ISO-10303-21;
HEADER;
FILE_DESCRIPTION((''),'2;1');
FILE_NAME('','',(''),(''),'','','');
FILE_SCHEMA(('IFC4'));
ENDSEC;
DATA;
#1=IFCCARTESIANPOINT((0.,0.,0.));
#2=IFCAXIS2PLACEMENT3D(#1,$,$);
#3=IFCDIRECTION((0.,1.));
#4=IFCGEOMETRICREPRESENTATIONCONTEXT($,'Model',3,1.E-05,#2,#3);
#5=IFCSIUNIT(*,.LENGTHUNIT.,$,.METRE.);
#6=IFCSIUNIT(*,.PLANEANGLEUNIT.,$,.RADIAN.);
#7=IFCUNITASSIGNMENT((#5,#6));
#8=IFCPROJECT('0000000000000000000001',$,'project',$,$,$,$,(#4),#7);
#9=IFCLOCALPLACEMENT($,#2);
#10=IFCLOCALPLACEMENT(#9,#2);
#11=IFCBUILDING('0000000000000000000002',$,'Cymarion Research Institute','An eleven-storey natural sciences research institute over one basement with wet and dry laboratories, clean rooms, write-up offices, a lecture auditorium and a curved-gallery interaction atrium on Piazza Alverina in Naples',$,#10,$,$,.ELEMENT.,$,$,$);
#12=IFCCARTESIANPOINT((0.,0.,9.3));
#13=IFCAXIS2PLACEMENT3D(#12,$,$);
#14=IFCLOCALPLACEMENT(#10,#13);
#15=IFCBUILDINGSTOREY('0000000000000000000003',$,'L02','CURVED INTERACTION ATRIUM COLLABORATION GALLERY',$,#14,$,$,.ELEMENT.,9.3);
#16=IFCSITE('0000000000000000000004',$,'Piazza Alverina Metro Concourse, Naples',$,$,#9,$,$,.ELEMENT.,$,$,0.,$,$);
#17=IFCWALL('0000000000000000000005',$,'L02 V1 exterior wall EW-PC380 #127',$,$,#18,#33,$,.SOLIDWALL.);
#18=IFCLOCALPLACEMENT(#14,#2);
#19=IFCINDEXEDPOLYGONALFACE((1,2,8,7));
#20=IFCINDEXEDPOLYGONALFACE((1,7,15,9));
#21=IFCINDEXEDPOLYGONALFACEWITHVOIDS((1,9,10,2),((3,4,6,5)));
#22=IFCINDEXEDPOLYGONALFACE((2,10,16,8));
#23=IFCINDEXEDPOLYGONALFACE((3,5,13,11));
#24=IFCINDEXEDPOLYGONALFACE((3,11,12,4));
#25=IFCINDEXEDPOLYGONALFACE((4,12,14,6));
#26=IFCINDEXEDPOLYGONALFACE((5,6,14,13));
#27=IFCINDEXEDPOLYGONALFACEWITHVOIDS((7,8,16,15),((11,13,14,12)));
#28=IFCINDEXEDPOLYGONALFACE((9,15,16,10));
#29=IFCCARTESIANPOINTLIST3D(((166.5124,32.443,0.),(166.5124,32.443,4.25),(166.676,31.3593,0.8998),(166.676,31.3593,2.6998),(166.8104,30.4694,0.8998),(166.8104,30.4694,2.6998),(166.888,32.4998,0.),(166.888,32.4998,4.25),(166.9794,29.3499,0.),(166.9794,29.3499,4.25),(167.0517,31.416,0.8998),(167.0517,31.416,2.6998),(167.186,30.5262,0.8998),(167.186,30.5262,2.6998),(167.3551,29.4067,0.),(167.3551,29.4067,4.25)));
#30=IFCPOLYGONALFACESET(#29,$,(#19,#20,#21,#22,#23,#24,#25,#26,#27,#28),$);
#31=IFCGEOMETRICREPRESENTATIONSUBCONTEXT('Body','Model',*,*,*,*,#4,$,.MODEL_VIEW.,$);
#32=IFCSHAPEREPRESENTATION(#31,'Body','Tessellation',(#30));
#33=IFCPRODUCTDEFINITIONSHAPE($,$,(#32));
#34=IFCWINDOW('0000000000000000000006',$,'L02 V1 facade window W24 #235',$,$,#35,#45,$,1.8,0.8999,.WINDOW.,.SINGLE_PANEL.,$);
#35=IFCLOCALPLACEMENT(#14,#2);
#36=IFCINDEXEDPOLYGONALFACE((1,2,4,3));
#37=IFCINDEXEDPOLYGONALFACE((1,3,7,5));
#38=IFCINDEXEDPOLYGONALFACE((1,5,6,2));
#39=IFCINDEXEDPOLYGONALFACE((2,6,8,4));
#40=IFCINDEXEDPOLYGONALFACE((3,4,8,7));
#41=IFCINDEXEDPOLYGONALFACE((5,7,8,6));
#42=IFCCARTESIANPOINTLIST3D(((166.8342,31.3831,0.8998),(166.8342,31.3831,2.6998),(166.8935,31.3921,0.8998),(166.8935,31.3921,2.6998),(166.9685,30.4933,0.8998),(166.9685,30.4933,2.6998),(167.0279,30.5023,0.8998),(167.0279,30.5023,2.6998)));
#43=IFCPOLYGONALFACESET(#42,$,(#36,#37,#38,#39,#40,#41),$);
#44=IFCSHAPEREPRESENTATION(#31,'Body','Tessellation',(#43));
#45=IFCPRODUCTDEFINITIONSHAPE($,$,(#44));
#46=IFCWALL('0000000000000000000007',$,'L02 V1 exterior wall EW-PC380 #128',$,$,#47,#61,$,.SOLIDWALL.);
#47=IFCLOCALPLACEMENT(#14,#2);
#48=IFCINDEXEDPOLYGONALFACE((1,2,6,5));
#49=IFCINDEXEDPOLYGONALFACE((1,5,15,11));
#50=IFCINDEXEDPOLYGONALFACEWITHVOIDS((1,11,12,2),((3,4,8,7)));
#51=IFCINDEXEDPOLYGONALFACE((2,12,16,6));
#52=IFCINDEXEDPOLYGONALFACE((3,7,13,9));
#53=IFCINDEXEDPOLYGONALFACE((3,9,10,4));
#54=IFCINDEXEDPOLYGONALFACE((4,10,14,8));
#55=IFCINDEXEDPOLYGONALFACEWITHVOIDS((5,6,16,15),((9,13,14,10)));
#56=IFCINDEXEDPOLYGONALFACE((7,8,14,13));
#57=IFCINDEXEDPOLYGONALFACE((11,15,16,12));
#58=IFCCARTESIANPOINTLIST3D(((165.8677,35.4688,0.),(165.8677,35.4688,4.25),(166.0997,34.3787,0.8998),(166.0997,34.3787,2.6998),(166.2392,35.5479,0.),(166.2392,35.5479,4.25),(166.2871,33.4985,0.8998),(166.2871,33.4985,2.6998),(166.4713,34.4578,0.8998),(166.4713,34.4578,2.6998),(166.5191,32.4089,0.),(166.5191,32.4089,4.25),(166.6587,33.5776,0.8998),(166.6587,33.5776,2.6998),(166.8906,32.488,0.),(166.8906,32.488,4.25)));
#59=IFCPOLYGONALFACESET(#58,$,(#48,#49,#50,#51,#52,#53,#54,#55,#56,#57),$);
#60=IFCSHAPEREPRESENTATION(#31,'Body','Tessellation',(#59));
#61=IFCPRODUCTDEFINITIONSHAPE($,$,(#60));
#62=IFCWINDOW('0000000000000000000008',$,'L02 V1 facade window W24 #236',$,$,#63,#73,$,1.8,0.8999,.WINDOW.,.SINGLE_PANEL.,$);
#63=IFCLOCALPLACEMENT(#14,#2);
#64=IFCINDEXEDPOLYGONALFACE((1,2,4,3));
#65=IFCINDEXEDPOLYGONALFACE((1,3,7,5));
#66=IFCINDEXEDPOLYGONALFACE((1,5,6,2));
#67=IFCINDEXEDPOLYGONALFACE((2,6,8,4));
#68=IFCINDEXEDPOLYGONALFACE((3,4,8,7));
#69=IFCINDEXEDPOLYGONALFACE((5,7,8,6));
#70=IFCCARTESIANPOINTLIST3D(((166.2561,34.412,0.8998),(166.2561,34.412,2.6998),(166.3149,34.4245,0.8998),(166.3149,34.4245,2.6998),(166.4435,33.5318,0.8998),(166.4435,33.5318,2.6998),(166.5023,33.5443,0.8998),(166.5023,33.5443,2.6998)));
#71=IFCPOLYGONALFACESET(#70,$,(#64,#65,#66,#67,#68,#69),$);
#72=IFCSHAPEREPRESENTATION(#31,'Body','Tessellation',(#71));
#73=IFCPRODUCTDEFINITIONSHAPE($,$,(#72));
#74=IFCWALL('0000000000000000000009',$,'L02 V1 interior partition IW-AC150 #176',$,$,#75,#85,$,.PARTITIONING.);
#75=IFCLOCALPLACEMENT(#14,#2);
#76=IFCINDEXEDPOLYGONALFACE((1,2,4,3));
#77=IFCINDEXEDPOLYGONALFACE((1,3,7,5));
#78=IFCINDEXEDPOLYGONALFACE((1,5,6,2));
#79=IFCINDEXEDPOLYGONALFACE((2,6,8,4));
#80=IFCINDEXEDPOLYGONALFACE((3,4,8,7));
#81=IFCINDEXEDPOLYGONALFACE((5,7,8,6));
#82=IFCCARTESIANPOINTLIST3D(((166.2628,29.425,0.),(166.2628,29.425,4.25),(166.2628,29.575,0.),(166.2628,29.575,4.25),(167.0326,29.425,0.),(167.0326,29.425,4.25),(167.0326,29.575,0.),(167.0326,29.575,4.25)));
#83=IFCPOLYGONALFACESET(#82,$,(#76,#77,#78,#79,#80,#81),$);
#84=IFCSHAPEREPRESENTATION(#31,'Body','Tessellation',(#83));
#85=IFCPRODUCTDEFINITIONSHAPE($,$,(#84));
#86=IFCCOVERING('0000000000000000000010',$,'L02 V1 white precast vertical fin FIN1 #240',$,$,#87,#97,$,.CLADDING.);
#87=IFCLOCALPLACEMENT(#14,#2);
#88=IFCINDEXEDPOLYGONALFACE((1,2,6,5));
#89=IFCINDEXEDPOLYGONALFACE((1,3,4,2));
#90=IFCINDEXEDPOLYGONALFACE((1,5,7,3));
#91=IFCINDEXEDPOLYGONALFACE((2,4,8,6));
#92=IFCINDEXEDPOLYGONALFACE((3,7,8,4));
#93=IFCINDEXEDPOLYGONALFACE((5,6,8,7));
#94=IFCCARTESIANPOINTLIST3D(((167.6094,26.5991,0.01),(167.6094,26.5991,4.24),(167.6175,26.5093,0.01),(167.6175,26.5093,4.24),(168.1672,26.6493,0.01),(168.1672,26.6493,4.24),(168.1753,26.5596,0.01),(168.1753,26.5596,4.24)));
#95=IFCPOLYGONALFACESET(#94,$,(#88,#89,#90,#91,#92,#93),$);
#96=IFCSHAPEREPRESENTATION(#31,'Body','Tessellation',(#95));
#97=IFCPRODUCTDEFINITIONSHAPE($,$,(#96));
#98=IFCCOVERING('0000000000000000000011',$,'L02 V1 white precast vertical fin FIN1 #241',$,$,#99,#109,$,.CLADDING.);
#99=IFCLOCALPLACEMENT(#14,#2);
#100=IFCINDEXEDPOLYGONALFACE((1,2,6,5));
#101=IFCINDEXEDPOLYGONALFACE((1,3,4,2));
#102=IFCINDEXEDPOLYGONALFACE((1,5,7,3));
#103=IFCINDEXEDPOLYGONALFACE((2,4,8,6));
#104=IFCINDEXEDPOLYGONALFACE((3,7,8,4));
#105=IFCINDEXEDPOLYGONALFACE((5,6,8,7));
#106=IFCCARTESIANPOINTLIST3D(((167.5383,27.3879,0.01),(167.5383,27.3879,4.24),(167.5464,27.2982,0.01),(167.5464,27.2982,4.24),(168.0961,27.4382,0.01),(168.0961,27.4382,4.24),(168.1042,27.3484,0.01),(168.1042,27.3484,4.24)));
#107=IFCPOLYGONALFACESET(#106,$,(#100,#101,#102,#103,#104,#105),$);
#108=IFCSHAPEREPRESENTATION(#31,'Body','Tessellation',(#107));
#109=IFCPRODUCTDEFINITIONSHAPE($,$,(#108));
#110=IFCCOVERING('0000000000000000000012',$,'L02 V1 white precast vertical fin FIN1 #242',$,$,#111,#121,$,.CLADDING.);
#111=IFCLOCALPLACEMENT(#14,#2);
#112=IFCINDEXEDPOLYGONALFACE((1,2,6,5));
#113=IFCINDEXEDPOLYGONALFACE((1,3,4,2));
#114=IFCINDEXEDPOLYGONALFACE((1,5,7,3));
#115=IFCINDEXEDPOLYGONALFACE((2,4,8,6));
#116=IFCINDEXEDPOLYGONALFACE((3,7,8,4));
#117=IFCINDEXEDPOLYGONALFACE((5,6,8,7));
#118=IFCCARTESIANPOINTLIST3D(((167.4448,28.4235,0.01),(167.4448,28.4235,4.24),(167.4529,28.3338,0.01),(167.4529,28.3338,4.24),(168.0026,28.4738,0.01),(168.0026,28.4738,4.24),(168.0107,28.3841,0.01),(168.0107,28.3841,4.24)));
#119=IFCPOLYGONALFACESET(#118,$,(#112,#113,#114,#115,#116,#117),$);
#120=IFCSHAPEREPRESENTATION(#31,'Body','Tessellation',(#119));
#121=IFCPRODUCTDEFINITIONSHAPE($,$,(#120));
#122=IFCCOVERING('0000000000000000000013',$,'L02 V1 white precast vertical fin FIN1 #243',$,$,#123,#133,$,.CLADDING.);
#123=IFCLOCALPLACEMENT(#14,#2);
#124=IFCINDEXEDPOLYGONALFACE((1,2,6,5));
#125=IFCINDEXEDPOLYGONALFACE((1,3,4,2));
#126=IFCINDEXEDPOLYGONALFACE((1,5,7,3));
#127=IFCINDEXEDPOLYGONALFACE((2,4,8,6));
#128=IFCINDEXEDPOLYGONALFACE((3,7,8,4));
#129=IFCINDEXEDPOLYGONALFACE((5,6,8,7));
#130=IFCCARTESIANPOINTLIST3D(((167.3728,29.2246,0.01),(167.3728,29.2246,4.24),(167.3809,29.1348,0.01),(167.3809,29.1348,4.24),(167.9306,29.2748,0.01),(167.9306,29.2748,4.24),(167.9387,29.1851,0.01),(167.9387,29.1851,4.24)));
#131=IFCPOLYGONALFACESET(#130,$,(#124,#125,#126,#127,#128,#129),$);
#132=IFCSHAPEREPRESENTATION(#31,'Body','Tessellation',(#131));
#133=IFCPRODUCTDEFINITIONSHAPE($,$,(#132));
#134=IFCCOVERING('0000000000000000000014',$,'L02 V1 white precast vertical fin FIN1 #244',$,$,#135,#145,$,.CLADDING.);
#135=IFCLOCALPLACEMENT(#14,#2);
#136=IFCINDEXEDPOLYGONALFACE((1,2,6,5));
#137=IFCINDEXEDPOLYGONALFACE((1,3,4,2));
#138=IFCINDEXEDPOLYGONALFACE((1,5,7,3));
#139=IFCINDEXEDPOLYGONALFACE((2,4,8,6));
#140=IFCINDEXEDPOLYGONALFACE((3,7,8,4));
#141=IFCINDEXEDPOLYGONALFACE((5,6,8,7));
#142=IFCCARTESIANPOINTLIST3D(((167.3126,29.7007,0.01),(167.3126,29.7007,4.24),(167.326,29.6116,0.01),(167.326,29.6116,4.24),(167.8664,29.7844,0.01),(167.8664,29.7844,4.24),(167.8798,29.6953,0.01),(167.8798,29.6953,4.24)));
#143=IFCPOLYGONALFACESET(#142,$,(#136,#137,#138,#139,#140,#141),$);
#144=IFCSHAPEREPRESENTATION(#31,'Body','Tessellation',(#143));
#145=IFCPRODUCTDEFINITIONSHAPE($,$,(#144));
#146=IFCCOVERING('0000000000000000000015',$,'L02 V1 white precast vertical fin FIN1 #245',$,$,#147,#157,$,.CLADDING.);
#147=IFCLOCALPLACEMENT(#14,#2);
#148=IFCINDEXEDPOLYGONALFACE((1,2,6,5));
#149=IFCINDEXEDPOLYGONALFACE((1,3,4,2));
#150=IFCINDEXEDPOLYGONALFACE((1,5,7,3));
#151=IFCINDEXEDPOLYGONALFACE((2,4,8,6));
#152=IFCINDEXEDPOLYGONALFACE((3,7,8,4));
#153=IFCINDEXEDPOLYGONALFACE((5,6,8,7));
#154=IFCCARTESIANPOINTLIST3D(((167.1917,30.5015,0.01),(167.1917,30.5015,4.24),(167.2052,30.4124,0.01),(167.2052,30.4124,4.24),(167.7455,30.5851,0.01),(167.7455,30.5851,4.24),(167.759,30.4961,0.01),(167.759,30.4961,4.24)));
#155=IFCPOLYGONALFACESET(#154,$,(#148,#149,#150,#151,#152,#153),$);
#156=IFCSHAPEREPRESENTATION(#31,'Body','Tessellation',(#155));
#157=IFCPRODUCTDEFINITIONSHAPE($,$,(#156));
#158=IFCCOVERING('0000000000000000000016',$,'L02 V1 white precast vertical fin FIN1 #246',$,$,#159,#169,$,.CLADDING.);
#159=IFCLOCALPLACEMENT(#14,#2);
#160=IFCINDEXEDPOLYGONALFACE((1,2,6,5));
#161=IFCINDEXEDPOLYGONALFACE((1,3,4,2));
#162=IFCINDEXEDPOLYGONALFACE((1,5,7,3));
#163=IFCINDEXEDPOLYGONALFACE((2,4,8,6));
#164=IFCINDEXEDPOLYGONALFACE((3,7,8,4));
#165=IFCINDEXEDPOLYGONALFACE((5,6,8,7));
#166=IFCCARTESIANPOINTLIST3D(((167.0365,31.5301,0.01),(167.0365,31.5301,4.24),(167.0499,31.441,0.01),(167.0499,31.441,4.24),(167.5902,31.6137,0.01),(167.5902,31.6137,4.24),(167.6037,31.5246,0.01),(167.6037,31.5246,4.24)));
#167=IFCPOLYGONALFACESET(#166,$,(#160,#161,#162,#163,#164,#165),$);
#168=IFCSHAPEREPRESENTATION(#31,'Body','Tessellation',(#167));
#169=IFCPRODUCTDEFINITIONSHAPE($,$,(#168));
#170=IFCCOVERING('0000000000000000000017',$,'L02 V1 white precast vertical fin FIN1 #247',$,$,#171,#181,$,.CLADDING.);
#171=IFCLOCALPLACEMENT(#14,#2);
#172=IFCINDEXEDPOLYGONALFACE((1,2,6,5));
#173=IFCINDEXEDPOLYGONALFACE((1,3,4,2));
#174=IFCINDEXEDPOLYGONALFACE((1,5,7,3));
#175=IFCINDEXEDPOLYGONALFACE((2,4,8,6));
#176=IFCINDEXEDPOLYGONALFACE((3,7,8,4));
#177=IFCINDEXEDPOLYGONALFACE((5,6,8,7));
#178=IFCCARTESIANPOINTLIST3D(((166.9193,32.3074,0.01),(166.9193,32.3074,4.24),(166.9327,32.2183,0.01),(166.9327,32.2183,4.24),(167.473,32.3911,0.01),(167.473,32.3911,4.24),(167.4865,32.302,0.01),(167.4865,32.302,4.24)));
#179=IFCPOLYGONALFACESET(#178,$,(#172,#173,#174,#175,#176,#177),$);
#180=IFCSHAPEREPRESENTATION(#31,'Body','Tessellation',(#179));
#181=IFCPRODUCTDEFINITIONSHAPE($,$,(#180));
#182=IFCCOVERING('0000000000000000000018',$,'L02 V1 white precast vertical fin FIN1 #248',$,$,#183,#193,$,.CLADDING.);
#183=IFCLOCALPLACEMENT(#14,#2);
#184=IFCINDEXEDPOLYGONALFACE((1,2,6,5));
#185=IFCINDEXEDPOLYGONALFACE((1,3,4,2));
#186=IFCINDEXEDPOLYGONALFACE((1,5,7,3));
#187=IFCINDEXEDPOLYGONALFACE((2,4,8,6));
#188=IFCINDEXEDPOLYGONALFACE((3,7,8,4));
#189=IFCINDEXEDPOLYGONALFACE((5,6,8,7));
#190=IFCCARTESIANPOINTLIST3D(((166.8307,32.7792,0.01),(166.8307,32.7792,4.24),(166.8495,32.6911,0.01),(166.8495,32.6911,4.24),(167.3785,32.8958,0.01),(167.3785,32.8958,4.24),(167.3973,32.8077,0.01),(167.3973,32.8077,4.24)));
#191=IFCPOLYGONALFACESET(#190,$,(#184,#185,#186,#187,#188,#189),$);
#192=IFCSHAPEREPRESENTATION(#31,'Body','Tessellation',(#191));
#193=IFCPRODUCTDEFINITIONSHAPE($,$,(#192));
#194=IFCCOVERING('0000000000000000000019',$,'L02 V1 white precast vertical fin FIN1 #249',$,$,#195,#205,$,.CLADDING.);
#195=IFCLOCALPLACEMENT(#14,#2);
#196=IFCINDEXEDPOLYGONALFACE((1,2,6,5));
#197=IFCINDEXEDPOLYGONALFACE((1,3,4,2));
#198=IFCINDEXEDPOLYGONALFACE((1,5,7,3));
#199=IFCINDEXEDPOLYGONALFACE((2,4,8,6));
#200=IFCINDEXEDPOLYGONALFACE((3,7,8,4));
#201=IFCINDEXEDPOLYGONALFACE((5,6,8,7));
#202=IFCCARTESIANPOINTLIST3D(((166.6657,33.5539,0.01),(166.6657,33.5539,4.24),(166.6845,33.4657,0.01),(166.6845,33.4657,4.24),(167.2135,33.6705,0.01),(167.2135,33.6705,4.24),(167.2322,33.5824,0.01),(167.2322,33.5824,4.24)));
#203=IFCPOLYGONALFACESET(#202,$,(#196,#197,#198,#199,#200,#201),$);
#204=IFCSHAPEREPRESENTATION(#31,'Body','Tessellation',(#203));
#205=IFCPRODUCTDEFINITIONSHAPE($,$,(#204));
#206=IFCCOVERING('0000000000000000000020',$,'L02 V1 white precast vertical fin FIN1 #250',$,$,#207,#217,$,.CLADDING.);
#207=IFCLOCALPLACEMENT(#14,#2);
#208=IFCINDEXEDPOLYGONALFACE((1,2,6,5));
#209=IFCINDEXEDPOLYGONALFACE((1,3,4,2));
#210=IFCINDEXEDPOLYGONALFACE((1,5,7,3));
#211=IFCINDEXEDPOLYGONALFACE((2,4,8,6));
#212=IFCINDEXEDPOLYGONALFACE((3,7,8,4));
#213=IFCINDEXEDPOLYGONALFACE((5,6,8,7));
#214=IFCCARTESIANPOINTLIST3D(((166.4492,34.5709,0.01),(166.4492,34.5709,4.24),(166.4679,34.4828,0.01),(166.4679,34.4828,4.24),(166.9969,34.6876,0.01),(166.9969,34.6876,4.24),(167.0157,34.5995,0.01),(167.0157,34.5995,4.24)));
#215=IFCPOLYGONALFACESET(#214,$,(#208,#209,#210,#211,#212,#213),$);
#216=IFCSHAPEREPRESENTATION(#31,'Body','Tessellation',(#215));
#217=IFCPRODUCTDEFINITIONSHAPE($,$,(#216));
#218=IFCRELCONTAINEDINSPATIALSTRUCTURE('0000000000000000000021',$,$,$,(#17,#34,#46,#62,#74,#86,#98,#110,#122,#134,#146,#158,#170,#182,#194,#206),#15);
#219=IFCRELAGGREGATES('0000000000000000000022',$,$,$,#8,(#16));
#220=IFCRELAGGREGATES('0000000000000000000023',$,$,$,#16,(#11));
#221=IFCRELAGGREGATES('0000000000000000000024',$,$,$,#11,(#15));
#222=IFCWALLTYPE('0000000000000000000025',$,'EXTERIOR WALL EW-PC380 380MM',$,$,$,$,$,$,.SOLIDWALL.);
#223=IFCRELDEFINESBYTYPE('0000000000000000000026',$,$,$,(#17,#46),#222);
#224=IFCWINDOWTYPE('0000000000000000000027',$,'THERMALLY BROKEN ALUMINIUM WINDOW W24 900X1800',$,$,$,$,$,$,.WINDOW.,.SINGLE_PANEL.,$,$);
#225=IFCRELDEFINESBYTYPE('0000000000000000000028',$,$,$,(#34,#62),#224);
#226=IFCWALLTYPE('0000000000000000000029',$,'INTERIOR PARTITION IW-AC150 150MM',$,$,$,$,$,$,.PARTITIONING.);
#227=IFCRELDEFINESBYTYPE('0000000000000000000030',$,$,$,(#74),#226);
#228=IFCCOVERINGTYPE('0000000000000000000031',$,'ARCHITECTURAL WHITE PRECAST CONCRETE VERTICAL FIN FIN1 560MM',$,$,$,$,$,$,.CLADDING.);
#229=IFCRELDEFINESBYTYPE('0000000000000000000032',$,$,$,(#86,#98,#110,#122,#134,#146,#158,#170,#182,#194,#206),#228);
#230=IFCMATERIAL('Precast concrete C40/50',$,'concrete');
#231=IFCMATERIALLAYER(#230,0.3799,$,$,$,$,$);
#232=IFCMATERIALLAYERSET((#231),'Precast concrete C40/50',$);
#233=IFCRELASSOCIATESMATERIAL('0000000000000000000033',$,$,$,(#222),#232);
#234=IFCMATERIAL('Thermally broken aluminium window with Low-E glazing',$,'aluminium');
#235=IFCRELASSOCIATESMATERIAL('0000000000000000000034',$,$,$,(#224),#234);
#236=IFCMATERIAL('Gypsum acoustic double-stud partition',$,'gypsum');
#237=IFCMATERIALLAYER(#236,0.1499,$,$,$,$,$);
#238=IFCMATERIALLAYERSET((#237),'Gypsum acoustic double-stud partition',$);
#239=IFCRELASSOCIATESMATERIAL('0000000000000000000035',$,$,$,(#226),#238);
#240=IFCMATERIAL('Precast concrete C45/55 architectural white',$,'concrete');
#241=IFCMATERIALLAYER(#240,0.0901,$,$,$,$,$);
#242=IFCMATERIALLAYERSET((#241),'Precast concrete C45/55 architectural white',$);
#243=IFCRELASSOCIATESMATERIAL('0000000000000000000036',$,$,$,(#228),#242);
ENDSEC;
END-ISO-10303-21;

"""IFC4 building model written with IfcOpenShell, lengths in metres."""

from ifc_helpers import new_model, si_unit, direction, frame, frame_2d, origin, origin_2d, place, context, subcontext, project, spatial, rectangle, extrude, material, layer, layer_set, type_object, element, fill, save


model = new_model("IFC4")

# Units and contexts
model_context = context("Model", 3, precision=1e-05, world=origin(), true_north=direction((0.0, 1.0)))
body_context = subcontext(model_context, "Body", "Model", "MODEL_VIEW")
ifc_project = project(units=[si_unit("LENGTHUNIT", "METRE"), si_unit("PLANEANGLEUNIT", "RADIAN")], contexts=[model_context])

# Site, building, storey
site_placement = place(None, origin())
site = spatial("IfcSite", under=ifc_project, at=site_placement, Name="Piazza Alverina Metro Concourse, Naples", CompositionType="ELEMENT", RefElevation=0.0)
building_placement = place(site_placement, origin())
building = spatial("IfcBuilding", under=site, at=building_placement, Name="Cymarion Research Institute", Description="An eleven-storey natural sciences research institute over one basement with wet and dry laboratories, clean rooms, write-up offices, a lecture auditorium and a curved-gallery interaction atrium on Piazza Alverina in Naples", CompositionType="ELEMENT")
storey_placement = place(building_placement, frame((0.0, 0.0, 9.3)))
storey = spatial("IfcBuildingStorey", under=building, at=storey_placement, Name="L02", Description="CURVED INTERACTION ATRIUM COLLABORATION GALLERY", CompositionType="ELEMENT", Elevation=9.3)

# Walls, openings, windows
ifc_material_1 = material(Name="Precast concrete C40/50", Category="concrete")
ifc_layer_1 = layer(ifc_material_1, 0.3799)
ifc_layer_set_1 = layer_set([ifc_layer_1], Name="Precast concrete C40/50")
wall_type_1 = type_object("IfcWallType", Name="EXTERIOR WALL EW-PC380 380MM", PredefinedType="SOLIDWALL", material=ifc_layer_set_1)
wall_1_placement = place(storey_placement, frame((167.1672, 29.3784, 0.0), z_axis=(0.0, 0.0, 1.0), x_axis=(-0.149306, 0.988791, 0.0)))
wall_1 = element("IfcWall", 1, at=wall_1_placement, inside=storey, type_object=wall_type_1, Name="L02 V1 exterior wall EW-PC380 #127", PredefinedType="SOLIDWALL", context=body_context, shape_type="SweptSolid", body=[
    extrude(rectangle(XDim=3.1282, YDim=0.3799, at=frame_2d((1.564, 0.0))), origin(), (0.0, 0.0, 1.0), 4.25),
])
opening_1_placement = place(wall_1_placement, frame((1.1321, 0.0, 0.8999)))
opening_1 = element("IfcOpeningElement", 2, at=opening_1_placement, cuts=wall_1, PredefinedType="OPENING", context=body_context, shape_type="SweptSolid", body=[
    extrude(rectangle(XDim=0.8999, YDim=1.8, at=frame_2d((0.45, 0.8999))), frame((0.0, 0.2, 0.0), z_axis=(0.0, -1.0, 0.0), x_axis=(1.0, 0.0, 0.0)), (0.0, 0.0, 1.0), 0.3999),
])
ifc_material_2 = material(Name="Thermally broken aluminium window with Low-E glazing", Category="aluminium")
window_type = type_object("IfcWindowType", Name="THERMALLY BROKEN ALUMINIUM WINDOW W24 900X1800", PartitioningType="SINGLE_PANEL", PredefinedType="WINDOW", material=ifc_material_2)
window_1_placement = place(opening_1_placement, origin())
window_1 = element("IfcWindow", 3, at=window_1_placement, inside=storey, type_object=window_type, Name="L02 V1 facade window W24 #235", OverallHeight=1.8, OverallWidth=0.8999, PartitioningType="SINGLE_PANEL", PredefinedType="WINDOW", context=body_context, shape_type="SweptSolid", body=[
    extrude(rectangle(XDim=0.8999, YDim=1.8, at=frame_2d((0.45, 0.8999))), frame((0.0, 0.03, 0.0), z_axis=(0.0, -1.0, 0.0), x_axis=(1.0, 0.0, 0.0)), (0.0, 0.0, 1.0), 0.0601),
])
fill(opening_1, window_1)
wall_2_placement = place(storey_placement, frame((166.7048, 32.4485, 0.0), z_axis=(0.0, 0.0, 1.0), x_axis=(-0.208212, 0.978084, 0.0)))
wall_2 = element("IfcWall", 4, at=wall_2_placement, inside=storey, type_object=wall_type_1, Name="L02 V1 exterior wall EW-PC380 #128", PredefinedType="SOLIDWALL", context=body_context, shape_type="SweptSolid", body=[
    extrude(rectangle(XDim=3.1284, YDim=0.3799, at=frame_2d((1.5642, 0.0))), origin(), (0.0, 0.0, 1.0), 4.25),
])
opening_2_placement = place(wall_2_placement, frame((1.114, 0.0, 0.8999)))
opening_2 = element("IfcOpeningElement", 5, at=opening_2_placement, cuts=wall_2, PredefinedType="OPENING", context=body_context, shape_type="SweptSolid", body=[
    extrude(rectangle(XDim=0.8999, YDim=1.8, at=frame_2d((0.45, 0.8999))), frame((0.0, 0.2, 0.0), z_axis=(0.0, -1.0, 0.0), x_axis=(1.0, 0.0, 0.0)), (0.0, 0.0, 1.0), 0.3999),
])
window_2_placement = place(opening_2_placement, origin())
window_2 = element("IfcWindow", 6, at=window_2_placement, inside=storey, type_object=window_type, Name="L02 V1 facade window W24 #236", OverallHeight=1.8, OverallWidth=0.8999, PartitioningType="SINGLE_PANEL", PredefinedType="WINDOW", context=body_context, shape_type="SweptSolid", body=[
    extrude(rectangle(XDim=0.8999, YDim=1.8, at=frame_2d((0.45, 0.8999))), frame((0.0, 0.03, 0.0), z_axis=(0.0, -1.0, 0.0), x_axis=(1.0, 0.0, 0.0)), (0.0, 0.0, 1.0), 0.0601),
])
fill(opening_2, window_2)

# Wall
ifc_material_3 = material(Name="Gypsum acoustic double-stud partition", Category="gypsum")
ifc_layer_2 = layer(ifc_material_3, 0.1499)
ifc_layer_set_2 = layer_set([ifc_layer_2], Name="Gypsum acoustic double-stud partition")
wall_type_2 = type_object("IfcWallType", Name="INTERIOR PARTITION IW-AC150 150MM", PredefinedType="PARTITIONING", material=ifc_layer_set_2)
wall_3_placement = place(storey_placement, frame((166.2629, 29.5, 0.0), z_axis=(0.0, 0.0, 1.0), x_axis=(1.0, 0.0, 0.0)))
element("IfcWall", 7, at=wall_3_placement, inside=storey, type_object=wall_type_2, Name="L02 V1 interior partition IW-AC150 #176", PredefinedType="PARTITIONING", context=body_context, shape_type="SweptSolid", body=[
    extrude(rectangle(XDim=0.7698, YDim=0.1499, at=frame_2d((0.3848, 0.0))), origin(), (0.0, 0.0, 1.0), 4.25),
])

# Coverings
ifc_material_4 = material(Name="Precast concrete C45/55 architectural white", Category="concrete")
ifc_layer_3 = layer(ifc_material_4, 0.0901)
ifc_layer_set_3 = layer_set([ifc_layer_3], Name="Precast concrete C45/55 architectural white")
covering_type = type_object("IfcCoveringType", Name="ARCHITECTURAL WHITE PRECAST CONCRETE VERTICAL FIN FIN1 560MM", PredefinedType="CLADDING", material=ifc_layer_set_3)
for number, where, z_axis, x_axis, name in (
    (8, (167.8923, 26.5793, 0.01), (0.0, 0.0, 1.0), (0.995963, 0.089763, 0.0), "L02 V1 white precast vertical fin FIN1 #240"),
    (9, (167.8213, 27.3682, 0.01), (0.0, 0.0, 1.0), (0.995963, 0.089763, 0.0), "L02 V1 white precast vertical fin FIN1 #241"),
    (10, (167.7278, 28.4038, 0.01), (0.0, 0.0, 1.0), (0.995963, 0.089763, 0.0), "L02 V1 white precast vertical fin FIN1 #242"),
    (11, (167.6558, 29.2048, 0.01), (0.0, 0.0, 1.0), (0.995963, 0.089763, 0.0), "L02 V1 white precast vertical fin FIN1 #243"),
    (12, (167.5962, 29.698, 0.01), (0.0, 0.0, 1.0), (0.988782, 0.149363, 0.0), "L02 V1 white precast vertical fin FIN1 #244"),
    (13, (167.4753, 30.4988, 0.01), (0.0, 0.0, 1.0), (0.988782, 0.149363, 0.0), "L02 V1 white precast vertical fin FIN1 #245"),
    (14, (167.3201, 31.5273, 0.01), (0.0, 0.0, 1.0), (0.988782, 0.149363, 0.0), "L02 V1 white precast vertical fin FIN1 #246"),
    (15, (167.2029, 32.3047, 0.01), (0.0, 0.0, 1.0), (0.988782, 0.149363, 0.0), "L02 V1 white precast vertical fin FIN1 #247"),
    (16, (167.114, 32.7935, 0.01), (0.0, 0.0, 1.0), (0.978075, 0.208253, 0.0), "L02 V1 white precast vertical fin FIN1 #248"),
    (17, (166.949, 33.5681, 0.01), (0.0, 0.0, 1.0), (0.978075, 0.208253, 0.0), "L02 V1 white precast vertical fin FIN1 #249"),
    (18, (166.7324, 34.5852, 0.01), (0.0, 0.0, 1.0), (0.978075, 0.208253, 0.0), "L02 V1 white precast vertical fin FIN1 #250"),
):
    element("IfcCovering", number, at=place(storey_placement, frame(where, z_axis=z_axis, x_axis=x_axis)), inside=storey, type_object=covering_type, Name=name, PredefinedType="CLADDING", context=body_context, shape_type="SweptSolid", body=[
        extrude(rectangle(XDim=0.5601, YDim=0.0901, at=origin_2d()), origin(), (0.0, 0.0, 1.0), 4.23),
    ])

save(model, "model.ifc")
